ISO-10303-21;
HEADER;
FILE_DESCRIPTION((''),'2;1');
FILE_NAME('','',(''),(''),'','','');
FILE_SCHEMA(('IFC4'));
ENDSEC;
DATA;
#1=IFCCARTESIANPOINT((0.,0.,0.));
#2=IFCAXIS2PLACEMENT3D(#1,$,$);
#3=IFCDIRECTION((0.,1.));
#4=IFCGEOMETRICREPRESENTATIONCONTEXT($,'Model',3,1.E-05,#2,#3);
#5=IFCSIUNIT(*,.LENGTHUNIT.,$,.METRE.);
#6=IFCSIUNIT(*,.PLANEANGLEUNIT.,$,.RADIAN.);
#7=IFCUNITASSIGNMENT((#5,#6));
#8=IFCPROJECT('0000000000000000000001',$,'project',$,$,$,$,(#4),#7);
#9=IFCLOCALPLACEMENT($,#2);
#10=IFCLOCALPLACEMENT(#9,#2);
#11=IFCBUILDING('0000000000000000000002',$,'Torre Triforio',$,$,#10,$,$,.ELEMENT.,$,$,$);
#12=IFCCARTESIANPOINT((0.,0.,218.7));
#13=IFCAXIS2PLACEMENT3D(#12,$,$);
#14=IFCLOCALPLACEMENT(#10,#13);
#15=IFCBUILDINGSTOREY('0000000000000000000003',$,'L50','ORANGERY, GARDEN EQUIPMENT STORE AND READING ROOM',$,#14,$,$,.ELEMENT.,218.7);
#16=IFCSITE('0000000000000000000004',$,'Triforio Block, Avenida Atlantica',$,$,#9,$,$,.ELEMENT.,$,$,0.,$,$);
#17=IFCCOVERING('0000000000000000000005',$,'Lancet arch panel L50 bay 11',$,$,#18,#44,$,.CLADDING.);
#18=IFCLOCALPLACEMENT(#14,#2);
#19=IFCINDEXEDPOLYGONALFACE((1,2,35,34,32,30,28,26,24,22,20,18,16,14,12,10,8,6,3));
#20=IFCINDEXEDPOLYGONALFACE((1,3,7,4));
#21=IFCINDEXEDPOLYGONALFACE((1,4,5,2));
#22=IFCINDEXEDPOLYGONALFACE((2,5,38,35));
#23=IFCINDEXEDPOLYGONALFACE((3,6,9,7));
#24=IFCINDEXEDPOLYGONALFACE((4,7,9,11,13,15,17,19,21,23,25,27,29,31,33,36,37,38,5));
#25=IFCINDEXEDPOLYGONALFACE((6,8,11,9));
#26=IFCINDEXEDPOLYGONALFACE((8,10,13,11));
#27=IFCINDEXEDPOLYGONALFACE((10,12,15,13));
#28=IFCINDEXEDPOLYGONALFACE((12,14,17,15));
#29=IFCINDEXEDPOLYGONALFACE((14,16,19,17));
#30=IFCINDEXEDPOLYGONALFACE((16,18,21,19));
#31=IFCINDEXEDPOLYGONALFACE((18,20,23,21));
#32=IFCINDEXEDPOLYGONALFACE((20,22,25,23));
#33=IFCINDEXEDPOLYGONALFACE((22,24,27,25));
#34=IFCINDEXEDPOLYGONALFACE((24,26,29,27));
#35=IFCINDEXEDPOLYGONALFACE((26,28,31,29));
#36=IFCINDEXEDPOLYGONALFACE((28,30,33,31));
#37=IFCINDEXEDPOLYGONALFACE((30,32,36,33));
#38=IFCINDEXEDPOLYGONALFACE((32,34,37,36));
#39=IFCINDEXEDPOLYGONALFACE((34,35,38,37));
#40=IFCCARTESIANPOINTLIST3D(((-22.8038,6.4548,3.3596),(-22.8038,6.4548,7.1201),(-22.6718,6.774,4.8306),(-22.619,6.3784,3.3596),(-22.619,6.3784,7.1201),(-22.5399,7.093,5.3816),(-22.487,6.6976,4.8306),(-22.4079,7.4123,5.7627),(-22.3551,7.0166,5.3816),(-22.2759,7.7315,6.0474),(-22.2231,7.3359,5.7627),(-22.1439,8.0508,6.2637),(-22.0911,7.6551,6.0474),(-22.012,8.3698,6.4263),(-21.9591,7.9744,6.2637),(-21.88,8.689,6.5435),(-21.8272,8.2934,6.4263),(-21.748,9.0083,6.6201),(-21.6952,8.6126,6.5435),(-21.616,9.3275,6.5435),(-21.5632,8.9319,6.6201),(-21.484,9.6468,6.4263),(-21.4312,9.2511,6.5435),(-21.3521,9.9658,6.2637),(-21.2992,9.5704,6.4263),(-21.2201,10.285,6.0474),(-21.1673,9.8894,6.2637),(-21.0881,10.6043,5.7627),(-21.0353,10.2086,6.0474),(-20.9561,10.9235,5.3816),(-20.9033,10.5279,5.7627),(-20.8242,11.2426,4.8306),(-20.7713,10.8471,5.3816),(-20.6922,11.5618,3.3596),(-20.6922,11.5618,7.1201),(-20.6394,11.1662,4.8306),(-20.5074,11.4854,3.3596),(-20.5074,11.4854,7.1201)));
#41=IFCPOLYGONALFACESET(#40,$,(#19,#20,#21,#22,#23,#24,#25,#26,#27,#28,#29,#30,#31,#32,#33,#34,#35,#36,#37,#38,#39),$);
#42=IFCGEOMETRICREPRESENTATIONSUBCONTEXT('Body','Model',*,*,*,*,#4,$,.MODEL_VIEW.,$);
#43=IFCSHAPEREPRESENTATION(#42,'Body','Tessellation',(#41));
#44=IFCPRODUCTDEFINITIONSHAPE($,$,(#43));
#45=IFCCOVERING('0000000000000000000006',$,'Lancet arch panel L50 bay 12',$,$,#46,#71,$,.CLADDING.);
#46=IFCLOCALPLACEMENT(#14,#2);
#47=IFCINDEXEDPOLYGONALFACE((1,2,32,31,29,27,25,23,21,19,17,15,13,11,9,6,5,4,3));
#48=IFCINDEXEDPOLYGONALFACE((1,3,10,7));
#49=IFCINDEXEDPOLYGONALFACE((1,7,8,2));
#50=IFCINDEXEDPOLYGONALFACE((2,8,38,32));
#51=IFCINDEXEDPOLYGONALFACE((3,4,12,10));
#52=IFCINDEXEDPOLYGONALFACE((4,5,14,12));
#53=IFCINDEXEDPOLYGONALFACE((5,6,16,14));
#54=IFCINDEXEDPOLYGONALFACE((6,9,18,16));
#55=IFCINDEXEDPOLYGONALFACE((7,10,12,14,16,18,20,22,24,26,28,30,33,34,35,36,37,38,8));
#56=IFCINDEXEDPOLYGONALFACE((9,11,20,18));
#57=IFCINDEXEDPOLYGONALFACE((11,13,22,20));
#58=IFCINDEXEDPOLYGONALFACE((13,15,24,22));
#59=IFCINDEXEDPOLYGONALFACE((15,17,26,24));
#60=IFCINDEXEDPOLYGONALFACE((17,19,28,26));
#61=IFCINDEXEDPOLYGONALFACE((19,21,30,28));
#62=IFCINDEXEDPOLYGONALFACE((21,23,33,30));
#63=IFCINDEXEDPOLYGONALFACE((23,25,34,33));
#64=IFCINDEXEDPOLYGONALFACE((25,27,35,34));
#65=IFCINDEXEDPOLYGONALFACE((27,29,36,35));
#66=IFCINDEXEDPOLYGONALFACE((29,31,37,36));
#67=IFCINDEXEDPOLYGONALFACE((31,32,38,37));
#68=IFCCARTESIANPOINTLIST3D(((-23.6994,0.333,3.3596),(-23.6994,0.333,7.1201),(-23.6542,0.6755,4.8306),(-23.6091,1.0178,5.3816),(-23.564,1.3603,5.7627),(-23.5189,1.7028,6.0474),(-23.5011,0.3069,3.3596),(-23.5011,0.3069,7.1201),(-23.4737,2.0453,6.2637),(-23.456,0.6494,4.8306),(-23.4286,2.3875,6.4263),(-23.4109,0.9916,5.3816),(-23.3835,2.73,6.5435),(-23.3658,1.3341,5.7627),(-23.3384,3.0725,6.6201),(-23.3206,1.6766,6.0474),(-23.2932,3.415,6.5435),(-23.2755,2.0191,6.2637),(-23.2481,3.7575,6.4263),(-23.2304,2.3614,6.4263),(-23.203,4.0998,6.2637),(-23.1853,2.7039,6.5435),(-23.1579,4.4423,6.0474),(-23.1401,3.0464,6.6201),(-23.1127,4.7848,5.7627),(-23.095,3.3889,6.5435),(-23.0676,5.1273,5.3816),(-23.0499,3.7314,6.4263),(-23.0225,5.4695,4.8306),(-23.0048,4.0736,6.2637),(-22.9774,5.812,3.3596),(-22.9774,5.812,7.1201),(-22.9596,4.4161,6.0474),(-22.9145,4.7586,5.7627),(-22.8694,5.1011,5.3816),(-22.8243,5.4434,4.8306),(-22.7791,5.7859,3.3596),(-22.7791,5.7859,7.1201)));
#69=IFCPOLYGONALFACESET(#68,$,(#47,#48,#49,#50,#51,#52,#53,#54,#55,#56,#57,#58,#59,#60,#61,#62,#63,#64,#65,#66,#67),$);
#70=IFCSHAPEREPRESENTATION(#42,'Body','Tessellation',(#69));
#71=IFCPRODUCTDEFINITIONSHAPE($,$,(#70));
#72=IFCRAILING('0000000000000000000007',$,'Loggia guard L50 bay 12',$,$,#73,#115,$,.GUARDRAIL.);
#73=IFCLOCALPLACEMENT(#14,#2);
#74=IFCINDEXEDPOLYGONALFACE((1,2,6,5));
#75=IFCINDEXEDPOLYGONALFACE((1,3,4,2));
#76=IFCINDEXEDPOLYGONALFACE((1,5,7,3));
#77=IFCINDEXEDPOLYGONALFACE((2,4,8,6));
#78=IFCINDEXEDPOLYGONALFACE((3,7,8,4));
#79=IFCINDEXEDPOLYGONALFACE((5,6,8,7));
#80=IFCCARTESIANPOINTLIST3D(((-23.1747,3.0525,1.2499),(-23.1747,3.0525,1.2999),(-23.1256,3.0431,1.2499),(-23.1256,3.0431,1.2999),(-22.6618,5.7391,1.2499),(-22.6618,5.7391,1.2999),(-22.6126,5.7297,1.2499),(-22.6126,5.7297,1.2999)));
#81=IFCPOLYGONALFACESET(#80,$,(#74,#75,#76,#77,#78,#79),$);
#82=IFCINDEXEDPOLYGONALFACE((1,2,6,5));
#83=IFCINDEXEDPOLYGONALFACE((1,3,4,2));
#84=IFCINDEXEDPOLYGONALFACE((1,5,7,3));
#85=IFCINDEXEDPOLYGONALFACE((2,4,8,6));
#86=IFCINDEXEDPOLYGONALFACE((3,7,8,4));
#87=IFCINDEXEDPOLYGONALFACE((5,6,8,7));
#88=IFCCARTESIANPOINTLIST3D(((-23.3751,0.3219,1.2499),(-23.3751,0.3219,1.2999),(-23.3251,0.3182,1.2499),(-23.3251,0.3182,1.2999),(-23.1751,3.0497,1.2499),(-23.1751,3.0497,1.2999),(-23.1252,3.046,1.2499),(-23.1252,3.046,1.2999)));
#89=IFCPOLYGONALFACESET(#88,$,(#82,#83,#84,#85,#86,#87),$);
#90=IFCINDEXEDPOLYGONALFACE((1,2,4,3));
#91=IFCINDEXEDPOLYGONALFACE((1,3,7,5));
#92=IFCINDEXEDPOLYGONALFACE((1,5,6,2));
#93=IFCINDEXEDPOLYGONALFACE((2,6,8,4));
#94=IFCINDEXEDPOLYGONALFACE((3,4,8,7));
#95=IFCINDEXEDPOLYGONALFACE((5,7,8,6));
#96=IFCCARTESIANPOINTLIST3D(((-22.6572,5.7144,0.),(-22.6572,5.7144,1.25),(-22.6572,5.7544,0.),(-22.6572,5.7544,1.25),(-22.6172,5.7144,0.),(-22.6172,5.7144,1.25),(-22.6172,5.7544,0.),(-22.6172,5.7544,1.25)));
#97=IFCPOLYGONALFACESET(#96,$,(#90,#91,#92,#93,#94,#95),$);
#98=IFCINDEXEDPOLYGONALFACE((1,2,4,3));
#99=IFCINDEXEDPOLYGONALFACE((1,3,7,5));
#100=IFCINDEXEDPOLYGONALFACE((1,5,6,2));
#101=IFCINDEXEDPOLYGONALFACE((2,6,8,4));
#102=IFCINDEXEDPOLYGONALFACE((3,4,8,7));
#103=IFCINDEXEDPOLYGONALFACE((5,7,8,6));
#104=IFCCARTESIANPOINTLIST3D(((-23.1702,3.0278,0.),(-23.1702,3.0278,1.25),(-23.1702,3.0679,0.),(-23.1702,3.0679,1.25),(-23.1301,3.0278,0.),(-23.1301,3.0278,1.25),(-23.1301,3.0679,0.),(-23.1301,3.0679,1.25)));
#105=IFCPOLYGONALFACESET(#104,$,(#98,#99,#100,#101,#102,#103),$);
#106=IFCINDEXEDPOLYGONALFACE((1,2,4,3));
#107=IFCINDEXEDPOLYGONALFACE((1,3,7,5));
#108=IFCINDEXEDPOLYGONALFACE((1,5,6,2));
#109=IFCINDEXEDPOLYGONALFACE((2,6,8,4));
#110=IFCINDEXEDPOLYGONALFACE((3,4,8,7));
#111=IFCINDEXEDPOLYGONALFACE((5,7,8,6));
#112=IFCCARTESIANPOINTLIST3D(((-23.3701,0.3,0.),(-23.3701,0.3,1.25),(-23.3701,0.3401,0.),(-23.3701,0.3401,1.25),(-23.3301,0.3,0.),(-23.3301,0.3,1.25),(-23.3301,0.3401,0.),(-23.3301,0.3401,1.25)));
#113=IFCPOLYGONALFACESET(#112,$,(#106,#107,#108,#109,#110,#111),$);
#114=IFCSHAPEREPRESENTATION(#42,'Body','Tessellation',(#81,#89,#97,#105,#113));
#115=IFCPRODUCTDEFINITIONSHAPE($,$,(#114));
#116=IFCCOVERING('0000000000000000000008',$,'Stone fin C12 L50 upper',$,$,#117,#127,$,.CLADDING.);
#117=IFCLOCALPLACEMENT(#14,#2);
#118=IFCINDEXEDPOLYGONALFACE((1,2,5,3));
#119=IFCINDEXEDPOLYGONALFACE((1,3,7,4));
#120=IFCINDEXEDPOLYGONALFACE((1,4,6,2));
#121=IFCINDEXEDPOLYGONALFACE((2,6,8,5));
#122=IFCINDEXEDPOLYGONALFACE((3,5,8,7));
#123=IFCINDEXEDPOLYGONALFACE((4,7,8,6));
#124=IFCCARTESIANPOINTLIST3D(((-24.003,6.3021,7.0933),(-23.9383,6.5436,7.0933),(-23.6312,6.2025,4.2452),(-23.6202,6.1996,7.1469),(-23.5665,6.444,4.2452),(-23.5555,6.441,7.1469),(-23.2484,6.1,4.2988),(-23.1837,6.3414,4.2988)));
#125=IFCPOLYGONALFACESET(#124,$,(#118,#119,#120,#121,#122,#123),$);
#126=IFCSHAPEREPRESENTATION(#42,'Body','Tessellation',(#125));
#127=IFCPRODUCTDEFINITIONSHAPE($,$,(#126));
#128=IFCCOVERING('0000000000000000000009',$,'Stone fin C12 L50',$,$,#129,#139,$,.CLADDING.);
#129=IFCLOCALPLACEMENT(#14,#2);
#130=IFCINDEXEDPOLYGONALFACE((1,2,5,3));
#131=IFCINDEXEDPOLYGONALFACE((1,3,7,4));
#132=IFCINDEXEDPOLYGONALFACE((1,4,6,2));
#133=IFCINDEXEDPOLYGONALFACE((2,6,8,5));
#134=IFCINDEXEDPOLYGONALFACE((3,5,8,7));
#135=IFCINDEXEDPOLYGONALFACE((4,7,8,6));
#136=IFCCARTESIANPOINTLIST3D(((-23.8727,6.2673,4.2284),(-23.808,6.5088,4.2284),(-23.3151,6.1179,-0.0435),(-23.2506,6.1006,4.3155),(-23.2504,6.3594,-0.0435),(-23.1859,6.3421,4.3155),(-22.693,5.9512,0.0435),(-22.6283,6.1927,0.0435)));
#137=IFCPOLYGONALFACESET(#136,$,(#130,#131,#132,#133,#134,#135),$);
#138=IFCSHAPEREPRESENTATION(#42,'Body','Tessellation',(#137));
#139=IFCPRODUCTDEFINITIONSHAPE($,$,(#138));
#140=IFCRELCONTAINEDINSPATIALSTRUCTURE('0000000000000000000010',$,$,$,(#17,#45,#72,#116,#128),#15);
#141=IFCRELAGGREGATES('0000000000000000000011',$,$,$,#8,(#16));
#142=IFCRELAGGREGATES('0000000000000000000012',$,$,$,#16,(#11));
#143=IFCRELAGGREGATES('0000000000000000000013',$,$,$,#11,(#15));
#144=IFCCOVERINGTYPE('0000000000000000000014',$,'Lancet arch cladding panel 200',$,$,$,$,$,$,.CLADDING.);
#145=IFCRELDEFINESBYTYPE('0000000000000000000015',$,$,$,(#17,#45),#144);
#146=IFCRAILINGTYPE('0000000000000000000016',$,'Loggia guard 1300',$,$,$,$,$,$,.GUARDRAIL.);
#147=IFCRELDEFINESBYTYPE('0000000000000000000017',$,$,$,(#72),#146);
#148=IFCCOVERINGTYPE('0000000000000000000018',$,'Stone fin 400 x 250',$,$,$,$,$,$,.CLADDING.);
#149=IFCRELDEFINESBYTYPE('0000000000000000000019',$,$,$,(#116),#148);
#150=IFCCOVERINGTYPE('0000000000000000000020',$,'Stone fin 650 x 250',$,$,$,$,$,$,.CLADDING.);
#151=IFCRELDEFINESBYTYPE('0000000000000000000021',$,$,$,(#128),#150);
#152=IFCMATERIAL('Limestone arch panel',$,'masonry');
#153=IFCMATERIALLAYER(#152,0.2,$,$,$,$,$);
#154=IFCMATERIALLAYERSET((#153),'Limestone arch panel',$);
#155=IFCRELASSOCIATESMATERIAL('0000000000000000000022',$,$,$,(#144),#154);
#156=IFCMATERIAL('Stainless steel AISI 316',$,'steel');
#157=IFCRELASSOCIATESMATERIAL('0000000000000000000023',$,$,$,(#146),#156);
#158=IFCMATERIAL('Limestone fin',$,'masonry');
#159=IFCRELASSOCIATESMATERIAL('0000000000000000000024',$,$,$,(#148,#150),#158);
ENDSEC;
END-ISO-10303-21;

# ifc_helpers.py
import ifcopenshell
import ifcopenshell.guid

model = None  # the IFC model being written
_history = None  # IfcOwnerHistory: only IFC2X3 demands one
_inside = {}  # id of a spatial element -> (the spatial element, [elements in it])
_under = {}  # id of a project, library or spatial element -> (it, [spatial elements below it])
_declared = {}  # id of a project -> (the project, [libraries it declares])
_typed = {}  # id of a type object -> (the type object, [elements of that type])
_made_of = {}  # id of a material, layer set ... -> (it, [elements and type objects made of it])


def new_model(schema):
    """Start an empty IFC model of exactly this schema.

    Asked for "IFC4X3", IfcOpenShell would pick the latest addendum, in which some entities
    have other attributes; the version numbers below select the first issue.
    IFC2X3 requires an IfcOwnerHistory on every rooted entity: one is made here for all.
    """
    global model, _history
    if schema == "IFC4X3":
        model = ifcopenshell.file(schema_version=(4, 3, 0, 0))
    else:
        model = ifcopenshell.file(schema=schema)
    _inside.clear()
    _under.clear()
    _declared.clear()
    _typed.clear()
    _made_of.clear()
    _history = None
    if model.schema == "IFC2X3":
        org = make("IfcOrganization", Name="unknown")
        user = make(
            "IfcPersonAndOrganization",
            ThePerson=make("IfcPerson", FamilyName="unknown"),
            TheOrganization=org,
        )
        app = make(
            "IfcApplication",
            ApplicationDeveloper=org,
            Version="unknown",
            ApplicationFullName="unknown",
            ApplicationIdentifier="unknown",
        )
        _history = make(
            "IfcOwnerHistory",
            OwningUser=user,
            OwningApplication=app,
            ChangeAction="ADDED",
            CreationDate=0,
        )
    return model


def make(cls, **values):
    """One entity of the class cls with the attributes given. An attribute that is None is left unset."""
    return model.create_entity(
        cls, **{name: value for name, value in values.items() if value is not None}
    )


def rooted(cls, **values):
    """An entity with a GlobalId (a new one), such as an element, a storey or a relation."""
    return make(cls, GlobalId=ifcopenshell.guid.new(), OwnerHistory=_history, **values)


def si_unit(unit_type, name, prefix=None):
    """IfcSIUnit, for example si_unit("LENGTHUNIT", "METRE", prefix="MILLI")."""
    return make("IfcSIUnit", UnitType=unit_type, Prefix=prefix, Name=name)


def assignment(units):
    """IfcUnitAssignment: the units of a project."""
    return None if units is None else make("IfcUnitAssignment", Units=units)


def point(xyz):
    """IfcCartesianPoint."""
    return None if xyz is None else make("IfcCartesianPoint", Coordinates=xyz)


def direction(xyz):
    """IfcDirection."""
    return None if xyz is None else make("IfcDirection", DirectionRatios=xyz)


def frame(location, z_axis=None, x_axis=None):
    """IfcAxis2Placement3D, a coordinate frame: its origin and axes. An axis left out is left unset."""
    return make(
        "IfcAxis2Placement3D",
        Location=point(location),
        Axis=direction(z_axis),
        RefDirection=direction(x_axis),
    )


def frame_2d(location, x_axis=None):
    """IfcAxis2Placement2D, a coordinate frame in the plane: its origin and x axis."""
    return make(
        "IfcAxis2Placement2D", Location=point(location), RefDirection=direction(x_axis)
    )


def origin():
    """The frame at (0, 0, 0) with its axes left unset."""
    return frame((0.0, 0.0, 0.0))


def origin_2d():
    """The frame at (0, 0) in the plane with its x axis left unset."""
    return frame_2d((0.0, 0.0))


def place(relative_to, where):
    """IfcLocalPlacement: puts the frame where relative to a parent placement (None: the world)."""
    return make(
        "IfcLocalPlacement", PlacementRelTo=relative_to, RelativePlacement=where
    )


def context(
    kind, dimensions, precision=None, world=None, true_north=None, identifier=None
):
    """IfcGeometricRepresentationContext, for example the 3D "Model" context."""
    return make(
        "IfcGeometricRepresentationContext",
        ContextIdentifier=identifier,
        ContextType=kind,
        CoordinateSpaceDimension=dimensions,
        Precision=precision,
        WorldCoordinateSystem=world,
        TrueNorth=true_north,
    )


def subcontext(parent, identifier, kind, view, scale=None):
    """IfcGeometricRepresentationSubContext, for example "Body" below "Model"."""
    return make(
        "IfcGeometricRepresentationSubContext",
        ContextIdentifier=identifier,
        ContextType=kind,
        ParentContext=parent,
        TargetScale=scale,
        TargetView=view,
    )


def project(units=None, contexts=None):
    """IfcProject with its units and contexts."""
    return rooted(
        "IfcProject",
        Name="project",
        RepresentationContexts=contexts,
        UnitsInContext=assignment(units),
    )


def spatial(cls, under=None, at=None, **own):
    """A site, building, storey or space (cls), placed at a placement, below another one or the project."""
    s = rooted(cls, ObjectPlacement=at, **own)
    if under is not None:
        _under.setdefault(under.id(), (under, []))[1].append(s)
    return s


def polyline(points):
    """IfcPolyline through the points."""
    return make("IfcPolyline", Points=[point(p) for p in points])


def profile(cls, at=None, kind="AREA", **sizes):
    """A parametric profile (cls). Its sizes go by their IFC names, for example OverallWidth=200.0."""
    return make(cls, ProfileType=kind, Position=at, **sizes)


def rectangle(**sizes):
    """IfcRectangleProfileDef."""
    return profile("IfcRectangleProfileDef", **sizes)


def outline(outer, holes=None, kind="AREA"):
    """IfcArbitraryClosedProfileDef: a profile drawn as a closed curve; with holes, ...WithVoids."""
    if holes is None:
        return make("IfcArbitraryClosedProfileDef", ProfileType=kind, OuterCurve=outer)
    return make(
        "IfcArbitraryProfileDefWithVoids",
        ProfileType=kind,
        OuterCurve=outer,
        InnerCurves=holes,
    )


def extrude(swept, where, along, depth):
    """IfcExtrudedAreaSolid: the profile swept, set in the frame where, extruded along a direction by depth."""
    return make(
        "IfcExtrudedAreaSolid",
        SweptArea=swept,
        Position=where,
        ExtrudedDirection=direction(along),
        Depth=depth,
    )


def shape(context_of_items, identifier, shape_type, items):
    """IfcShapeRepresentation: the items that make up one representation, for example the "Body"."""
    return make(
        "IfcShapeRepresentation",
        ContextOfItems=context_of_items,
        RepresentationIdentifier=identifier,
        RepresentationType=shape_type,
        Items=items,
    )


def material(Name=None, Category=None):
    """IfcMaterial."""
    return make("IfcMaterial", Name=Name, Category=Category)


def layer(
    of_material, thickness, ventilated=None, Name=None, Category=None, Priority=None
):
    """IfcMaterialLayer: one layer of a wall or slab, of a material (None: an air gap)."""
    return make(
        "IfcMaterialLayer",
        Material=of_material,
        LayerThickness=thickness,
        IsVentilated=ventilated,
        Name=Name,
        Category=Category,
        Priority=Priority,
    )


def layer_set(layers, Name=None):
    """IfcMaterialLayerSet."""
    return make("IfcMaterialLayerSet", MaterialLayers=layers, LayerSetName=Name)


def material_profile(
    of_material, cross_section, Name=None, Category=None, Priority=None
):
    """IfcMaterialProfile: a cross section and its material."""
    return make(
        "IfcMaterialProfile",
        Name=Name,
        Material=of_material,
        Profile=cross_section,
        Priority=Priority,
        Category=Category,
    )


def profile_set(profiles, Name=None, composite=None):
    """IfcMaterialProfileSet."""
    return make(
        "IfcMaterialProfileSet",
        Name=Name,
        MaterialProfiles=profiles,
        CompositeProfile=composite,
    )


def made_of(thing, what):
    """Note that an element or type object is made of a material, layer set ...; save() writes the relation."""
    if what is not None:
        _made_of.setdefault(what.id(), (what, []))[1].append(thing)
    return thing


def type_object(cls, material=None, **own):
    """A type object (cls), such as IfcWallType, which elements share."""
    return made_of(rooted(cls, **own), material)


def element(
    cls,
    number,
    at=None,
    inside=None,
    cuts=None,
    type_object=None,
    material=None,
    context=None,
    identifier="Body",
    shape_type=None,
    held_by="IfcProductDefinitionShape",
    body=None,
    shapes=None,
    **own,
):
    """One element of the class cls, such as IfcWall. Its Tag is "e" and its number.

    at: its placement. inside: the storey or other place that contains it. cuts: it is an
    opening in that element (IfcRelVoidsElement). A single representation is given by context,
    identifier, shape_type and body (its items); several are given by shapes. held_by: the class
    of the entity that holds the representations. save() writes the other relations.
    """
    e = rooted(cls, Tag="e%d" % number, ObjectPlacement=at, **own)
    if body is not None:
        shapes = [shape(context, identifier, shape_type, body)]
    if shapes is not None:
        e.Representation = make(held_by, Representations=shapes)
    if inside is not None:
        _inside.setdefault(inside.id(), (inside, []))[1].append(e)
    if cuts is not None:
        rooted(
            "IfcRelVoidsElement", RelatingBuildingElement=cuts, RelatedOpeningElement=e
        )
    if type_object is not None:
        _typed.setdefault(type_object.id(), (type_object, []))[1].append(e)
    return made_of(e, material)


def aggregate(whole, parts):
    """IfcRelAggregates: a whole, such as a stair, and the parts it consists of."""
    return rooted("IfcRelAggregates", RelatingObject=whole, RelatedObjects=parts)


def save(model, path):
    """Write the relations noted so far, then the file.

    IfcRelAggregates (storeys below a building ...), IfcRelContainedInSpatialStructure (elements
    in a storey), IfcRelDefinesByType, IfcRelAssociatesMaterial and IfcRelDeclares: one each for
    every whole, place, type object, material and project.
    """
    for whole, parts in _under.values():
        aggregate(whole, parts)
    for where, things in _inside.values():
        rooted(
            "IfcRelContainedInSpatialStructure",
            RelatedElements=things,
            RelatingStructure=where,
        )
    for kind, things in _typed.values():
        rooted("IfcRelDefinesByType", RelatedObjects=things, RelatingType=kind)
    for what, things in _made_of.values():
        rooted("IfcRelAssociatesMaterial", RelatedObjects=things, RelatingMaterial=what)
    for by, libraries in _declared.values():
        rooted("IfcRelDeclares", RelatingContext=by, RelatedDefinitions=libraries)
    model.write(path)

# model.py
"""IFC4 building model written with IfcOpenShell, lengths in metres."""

from ifc_helpers import new_model, si_unit, direction, frame, origin, origin_2d, place, context, subcontext, project, spatial, polyline, rectangle, outline, extrude, material, layer, layer_set, material_profile, profile_set, type_object, element, save


model = new_model("IFC4")

# Units and contexts
model_context = context("Model", 3, precision=1e-05, world=origin(), true_north=direction((0.0, 1.0)))
body_context = subcontext(model_context, "Body", "Model", "MODEL_VIEW")
ifc_project = project(units=[si_unit("LENGTHUNIT", "METRE"), si_unit("PLANEANGLEUNIT", "RADIAN")], contexts=[model_context])

# Site, building, storey
site_placement = place(None, origin())
site = spatial("IfcSite", under=ifc_project, at=site_placement, Name="Triforio Block, Avenida Atlantica", CompositionType="ELEMENT", RefElevation=0.0)
building_placement = place(site_placement, origin())
building = spatial("IfcBuilding", under=site, at=building_placement, Name="Torre Triforio", CompositionType="ELEMENT")
storey_placement = place(building_placement, frame((0.0, 0.0, 218.7)))
storey = spatial("IfcBuildingStorey", under=building, at=storey_placement, Name="L50", Description="ORANGERY, GARDEN EQUIPMENT STORE AND READING ROOM", CompositionType="ELEMENT", Elevation=218.7)

# Coverings
ifc_material_1 = material(Name="Limestone arch panel", Category="masonry")
ifc_layer_1 = layer(ifc_material_1, 0.2)
ifc_layer_set_1 = layer_set([ifc_layer_1], Name="Limestone arch panel")
covering_type_1 = type_object("IfcCoveringType", Name="Lancet arch cladding panel 200", PredefinedType="CLADDING", material=ifc_layer_set_1)
for number, where, z_axis, x_axis, name in (
    (1, (-21.5632, 8.9319, 0.0), (-0.924121, 0.3821, 0.0), (-0.3821, -0.924121, 0.0), "Lancet arch panel L50 bay 11"),
    (2, (-23.1401, 3.0464, 0.0), (-0.991429, 0.130644, 0.0), (-0.130644, -0.991429, 0.0), "Lancet arch panel L50 bay 12"),
):
    element("IfcCovering", number, at=place(storey_placement, frame(where, z_axis=z_axis, x_axis=x_axis)), inside=storey, type_object=covering_type_1, Name=name, PredefinedType="CLADDING", context=body_context, shape_type="SweptSolid", body=[
        extrude(outline(polyline([(-2.7632, 7.1201), (-2.7632, 3.3596), (-2.4177, 4.8306), (-2.0725, 5.3816), (-1.7271, 5.7627), (-1.3816, 6.0474), (-1.0361, 6.2637), (-0.6909, 6.4263), (-0.3455, 6.5435), (0.0, 6.6201), (0.3455, 6.5435), (0.6909, 6.4263), (1.0361, 6.2637), (1.3816, 6.0474), (1.7271, 5.7627), (2.0725, 5.3816), (2.4177, 4.8306), (2.7632, 3.3596), (2.7632, 7.1201), (-2.7632, 7.1201)])), origin(), (0.0, 0.0, 1.0), 0.2),
    ])

# Railing
ifc_material_2 = material(Name="Stainless steel AISI 316", Category="steel")
railing_type = type_object("IfcRailingType", Name="Loggia guard 1300", PredefinedType="GUARDRAIL", material=ifc_material_2)
railing_placement = place(storey_placement, frame((-22.6372, 5.7344, 0.0)))
element("IfcRailing", 3, at=railing_placement, inside=storey, type_object=railing_type, Name="Loggia guard L50 bay 12", PredefinedType="GUARDRAIL", context=body_context, shape_type="SweptSolid", body=[
    extrude(rectangle(XDim=0.05, YDim=0.05, at=origin_2d()), frame((0.0, 0.0, 1.2749), z_axis=(-0.187543, -0.982256, 0.0), x_axis=(0.982256, -0.187543, 0.0)), (0.0, 0.0, 1.0), 2.7351),
    extrude(rectangle(XDim=0.05, YDim=0.05, at=origin_2d()), frame((-0.5129, -2.6865, 1.2749), z_axis=(-0.073106, -0.997324, 0.0), x_axis=(0.997324, -0.073106, 0.0)), (0.0, 0.0, 1.0), 2.7351),
    extrude(rectangle(XDim=0.04, YDim=0.04, at=origin_2d()), origin(), (0.0, 0.0, 1.0), 1.25),
    extrude(rectangle(XDim=0.04, YDim=0.04, at=origin_2d()), frame((-0.5129, -2.6865, 0.0)), (0.0, 0.0, 1.0), 1.25),
    extrude(rectangle(XDim=0.04, YDim=0.04, at=origin_2d()), frame((-0.7129, -5.4143, 0.0)), (0.0, 0.0, 1.0), 1.25),
])

# Coverings
ifc_material_3 = material(Name="Limestone fin", Category="masonry")
ifc_material_profile_1 = material_profile(ifc_material_3, rectangle(XDim=0.3999, YDim=0.25, at=origin_2d()), Name="FIN 400x250")
ifc_profile_set_1 = profile_set([ifc_material_profile_1], Name="Limestone fin")
covering_type_2 = type_object("IfcCoveringType", Name="Stone fin 400 x 250", PredefinedType="CLADDING", material=ifc_profile_set_1)
covering_1_placement = place(storey_placement, frame((-23.4075, 6.272, 4.272), z_axis=(-0.129374, 0.034658, 0.99099), x_axis=(0.957236, -0.256436, 0.133936)))
element("IfcCovering", 4, at=covering_1_placement, inside=storey, type_object=covering_type_2, Name="Stone fin C12 L50 upper", PredefinedType="CLADDING", context=body_context, shape_type="SweptSolid", body=[
    extrude(rectangle(XDim=0.3999, YDim=0.25, at=origin_2d()), origin(), (0.0, 0.0, 1.0), 2.874),
])
ifc_material_profile_2 = material_profile(ifc_material_3, rectangle(XDim=0.6499, YDim=0.25, at=origin_2d()), Name="FIN 650x250")
ifc_profile_set_2 = profile_set([ifc_material_profile_2], Name="Limestone fin")
covering_type_3 = type_object("IfcCoveringType", Name="Stone fin 650 x 250", PredefinedType="CLADDING", material=ifc_profile_set_2)
covering_2_placement = place(storey_placement, frame((-22.9717, 6.1553, 0.0), z_axis=(-0.129353, 0.03466, 0.990993), x_axis=(0.957225, -0.256489, 0.133917)))
element("IfcCovering", 5, at=covering_2_placement, inside=storey, type_object=covering_type_3, Name="Stone fin C12 L50", PredefinedType="CLADDING", context=body_context, shape_type="SweptSolid", body=[
    extrude(rectangle(XDim=0.6499, YDim=0.25, at=origin_2d()), origin(), (0.0, 0.0, 1.0), 4.3108),
])

save(model, "model.ifc")
